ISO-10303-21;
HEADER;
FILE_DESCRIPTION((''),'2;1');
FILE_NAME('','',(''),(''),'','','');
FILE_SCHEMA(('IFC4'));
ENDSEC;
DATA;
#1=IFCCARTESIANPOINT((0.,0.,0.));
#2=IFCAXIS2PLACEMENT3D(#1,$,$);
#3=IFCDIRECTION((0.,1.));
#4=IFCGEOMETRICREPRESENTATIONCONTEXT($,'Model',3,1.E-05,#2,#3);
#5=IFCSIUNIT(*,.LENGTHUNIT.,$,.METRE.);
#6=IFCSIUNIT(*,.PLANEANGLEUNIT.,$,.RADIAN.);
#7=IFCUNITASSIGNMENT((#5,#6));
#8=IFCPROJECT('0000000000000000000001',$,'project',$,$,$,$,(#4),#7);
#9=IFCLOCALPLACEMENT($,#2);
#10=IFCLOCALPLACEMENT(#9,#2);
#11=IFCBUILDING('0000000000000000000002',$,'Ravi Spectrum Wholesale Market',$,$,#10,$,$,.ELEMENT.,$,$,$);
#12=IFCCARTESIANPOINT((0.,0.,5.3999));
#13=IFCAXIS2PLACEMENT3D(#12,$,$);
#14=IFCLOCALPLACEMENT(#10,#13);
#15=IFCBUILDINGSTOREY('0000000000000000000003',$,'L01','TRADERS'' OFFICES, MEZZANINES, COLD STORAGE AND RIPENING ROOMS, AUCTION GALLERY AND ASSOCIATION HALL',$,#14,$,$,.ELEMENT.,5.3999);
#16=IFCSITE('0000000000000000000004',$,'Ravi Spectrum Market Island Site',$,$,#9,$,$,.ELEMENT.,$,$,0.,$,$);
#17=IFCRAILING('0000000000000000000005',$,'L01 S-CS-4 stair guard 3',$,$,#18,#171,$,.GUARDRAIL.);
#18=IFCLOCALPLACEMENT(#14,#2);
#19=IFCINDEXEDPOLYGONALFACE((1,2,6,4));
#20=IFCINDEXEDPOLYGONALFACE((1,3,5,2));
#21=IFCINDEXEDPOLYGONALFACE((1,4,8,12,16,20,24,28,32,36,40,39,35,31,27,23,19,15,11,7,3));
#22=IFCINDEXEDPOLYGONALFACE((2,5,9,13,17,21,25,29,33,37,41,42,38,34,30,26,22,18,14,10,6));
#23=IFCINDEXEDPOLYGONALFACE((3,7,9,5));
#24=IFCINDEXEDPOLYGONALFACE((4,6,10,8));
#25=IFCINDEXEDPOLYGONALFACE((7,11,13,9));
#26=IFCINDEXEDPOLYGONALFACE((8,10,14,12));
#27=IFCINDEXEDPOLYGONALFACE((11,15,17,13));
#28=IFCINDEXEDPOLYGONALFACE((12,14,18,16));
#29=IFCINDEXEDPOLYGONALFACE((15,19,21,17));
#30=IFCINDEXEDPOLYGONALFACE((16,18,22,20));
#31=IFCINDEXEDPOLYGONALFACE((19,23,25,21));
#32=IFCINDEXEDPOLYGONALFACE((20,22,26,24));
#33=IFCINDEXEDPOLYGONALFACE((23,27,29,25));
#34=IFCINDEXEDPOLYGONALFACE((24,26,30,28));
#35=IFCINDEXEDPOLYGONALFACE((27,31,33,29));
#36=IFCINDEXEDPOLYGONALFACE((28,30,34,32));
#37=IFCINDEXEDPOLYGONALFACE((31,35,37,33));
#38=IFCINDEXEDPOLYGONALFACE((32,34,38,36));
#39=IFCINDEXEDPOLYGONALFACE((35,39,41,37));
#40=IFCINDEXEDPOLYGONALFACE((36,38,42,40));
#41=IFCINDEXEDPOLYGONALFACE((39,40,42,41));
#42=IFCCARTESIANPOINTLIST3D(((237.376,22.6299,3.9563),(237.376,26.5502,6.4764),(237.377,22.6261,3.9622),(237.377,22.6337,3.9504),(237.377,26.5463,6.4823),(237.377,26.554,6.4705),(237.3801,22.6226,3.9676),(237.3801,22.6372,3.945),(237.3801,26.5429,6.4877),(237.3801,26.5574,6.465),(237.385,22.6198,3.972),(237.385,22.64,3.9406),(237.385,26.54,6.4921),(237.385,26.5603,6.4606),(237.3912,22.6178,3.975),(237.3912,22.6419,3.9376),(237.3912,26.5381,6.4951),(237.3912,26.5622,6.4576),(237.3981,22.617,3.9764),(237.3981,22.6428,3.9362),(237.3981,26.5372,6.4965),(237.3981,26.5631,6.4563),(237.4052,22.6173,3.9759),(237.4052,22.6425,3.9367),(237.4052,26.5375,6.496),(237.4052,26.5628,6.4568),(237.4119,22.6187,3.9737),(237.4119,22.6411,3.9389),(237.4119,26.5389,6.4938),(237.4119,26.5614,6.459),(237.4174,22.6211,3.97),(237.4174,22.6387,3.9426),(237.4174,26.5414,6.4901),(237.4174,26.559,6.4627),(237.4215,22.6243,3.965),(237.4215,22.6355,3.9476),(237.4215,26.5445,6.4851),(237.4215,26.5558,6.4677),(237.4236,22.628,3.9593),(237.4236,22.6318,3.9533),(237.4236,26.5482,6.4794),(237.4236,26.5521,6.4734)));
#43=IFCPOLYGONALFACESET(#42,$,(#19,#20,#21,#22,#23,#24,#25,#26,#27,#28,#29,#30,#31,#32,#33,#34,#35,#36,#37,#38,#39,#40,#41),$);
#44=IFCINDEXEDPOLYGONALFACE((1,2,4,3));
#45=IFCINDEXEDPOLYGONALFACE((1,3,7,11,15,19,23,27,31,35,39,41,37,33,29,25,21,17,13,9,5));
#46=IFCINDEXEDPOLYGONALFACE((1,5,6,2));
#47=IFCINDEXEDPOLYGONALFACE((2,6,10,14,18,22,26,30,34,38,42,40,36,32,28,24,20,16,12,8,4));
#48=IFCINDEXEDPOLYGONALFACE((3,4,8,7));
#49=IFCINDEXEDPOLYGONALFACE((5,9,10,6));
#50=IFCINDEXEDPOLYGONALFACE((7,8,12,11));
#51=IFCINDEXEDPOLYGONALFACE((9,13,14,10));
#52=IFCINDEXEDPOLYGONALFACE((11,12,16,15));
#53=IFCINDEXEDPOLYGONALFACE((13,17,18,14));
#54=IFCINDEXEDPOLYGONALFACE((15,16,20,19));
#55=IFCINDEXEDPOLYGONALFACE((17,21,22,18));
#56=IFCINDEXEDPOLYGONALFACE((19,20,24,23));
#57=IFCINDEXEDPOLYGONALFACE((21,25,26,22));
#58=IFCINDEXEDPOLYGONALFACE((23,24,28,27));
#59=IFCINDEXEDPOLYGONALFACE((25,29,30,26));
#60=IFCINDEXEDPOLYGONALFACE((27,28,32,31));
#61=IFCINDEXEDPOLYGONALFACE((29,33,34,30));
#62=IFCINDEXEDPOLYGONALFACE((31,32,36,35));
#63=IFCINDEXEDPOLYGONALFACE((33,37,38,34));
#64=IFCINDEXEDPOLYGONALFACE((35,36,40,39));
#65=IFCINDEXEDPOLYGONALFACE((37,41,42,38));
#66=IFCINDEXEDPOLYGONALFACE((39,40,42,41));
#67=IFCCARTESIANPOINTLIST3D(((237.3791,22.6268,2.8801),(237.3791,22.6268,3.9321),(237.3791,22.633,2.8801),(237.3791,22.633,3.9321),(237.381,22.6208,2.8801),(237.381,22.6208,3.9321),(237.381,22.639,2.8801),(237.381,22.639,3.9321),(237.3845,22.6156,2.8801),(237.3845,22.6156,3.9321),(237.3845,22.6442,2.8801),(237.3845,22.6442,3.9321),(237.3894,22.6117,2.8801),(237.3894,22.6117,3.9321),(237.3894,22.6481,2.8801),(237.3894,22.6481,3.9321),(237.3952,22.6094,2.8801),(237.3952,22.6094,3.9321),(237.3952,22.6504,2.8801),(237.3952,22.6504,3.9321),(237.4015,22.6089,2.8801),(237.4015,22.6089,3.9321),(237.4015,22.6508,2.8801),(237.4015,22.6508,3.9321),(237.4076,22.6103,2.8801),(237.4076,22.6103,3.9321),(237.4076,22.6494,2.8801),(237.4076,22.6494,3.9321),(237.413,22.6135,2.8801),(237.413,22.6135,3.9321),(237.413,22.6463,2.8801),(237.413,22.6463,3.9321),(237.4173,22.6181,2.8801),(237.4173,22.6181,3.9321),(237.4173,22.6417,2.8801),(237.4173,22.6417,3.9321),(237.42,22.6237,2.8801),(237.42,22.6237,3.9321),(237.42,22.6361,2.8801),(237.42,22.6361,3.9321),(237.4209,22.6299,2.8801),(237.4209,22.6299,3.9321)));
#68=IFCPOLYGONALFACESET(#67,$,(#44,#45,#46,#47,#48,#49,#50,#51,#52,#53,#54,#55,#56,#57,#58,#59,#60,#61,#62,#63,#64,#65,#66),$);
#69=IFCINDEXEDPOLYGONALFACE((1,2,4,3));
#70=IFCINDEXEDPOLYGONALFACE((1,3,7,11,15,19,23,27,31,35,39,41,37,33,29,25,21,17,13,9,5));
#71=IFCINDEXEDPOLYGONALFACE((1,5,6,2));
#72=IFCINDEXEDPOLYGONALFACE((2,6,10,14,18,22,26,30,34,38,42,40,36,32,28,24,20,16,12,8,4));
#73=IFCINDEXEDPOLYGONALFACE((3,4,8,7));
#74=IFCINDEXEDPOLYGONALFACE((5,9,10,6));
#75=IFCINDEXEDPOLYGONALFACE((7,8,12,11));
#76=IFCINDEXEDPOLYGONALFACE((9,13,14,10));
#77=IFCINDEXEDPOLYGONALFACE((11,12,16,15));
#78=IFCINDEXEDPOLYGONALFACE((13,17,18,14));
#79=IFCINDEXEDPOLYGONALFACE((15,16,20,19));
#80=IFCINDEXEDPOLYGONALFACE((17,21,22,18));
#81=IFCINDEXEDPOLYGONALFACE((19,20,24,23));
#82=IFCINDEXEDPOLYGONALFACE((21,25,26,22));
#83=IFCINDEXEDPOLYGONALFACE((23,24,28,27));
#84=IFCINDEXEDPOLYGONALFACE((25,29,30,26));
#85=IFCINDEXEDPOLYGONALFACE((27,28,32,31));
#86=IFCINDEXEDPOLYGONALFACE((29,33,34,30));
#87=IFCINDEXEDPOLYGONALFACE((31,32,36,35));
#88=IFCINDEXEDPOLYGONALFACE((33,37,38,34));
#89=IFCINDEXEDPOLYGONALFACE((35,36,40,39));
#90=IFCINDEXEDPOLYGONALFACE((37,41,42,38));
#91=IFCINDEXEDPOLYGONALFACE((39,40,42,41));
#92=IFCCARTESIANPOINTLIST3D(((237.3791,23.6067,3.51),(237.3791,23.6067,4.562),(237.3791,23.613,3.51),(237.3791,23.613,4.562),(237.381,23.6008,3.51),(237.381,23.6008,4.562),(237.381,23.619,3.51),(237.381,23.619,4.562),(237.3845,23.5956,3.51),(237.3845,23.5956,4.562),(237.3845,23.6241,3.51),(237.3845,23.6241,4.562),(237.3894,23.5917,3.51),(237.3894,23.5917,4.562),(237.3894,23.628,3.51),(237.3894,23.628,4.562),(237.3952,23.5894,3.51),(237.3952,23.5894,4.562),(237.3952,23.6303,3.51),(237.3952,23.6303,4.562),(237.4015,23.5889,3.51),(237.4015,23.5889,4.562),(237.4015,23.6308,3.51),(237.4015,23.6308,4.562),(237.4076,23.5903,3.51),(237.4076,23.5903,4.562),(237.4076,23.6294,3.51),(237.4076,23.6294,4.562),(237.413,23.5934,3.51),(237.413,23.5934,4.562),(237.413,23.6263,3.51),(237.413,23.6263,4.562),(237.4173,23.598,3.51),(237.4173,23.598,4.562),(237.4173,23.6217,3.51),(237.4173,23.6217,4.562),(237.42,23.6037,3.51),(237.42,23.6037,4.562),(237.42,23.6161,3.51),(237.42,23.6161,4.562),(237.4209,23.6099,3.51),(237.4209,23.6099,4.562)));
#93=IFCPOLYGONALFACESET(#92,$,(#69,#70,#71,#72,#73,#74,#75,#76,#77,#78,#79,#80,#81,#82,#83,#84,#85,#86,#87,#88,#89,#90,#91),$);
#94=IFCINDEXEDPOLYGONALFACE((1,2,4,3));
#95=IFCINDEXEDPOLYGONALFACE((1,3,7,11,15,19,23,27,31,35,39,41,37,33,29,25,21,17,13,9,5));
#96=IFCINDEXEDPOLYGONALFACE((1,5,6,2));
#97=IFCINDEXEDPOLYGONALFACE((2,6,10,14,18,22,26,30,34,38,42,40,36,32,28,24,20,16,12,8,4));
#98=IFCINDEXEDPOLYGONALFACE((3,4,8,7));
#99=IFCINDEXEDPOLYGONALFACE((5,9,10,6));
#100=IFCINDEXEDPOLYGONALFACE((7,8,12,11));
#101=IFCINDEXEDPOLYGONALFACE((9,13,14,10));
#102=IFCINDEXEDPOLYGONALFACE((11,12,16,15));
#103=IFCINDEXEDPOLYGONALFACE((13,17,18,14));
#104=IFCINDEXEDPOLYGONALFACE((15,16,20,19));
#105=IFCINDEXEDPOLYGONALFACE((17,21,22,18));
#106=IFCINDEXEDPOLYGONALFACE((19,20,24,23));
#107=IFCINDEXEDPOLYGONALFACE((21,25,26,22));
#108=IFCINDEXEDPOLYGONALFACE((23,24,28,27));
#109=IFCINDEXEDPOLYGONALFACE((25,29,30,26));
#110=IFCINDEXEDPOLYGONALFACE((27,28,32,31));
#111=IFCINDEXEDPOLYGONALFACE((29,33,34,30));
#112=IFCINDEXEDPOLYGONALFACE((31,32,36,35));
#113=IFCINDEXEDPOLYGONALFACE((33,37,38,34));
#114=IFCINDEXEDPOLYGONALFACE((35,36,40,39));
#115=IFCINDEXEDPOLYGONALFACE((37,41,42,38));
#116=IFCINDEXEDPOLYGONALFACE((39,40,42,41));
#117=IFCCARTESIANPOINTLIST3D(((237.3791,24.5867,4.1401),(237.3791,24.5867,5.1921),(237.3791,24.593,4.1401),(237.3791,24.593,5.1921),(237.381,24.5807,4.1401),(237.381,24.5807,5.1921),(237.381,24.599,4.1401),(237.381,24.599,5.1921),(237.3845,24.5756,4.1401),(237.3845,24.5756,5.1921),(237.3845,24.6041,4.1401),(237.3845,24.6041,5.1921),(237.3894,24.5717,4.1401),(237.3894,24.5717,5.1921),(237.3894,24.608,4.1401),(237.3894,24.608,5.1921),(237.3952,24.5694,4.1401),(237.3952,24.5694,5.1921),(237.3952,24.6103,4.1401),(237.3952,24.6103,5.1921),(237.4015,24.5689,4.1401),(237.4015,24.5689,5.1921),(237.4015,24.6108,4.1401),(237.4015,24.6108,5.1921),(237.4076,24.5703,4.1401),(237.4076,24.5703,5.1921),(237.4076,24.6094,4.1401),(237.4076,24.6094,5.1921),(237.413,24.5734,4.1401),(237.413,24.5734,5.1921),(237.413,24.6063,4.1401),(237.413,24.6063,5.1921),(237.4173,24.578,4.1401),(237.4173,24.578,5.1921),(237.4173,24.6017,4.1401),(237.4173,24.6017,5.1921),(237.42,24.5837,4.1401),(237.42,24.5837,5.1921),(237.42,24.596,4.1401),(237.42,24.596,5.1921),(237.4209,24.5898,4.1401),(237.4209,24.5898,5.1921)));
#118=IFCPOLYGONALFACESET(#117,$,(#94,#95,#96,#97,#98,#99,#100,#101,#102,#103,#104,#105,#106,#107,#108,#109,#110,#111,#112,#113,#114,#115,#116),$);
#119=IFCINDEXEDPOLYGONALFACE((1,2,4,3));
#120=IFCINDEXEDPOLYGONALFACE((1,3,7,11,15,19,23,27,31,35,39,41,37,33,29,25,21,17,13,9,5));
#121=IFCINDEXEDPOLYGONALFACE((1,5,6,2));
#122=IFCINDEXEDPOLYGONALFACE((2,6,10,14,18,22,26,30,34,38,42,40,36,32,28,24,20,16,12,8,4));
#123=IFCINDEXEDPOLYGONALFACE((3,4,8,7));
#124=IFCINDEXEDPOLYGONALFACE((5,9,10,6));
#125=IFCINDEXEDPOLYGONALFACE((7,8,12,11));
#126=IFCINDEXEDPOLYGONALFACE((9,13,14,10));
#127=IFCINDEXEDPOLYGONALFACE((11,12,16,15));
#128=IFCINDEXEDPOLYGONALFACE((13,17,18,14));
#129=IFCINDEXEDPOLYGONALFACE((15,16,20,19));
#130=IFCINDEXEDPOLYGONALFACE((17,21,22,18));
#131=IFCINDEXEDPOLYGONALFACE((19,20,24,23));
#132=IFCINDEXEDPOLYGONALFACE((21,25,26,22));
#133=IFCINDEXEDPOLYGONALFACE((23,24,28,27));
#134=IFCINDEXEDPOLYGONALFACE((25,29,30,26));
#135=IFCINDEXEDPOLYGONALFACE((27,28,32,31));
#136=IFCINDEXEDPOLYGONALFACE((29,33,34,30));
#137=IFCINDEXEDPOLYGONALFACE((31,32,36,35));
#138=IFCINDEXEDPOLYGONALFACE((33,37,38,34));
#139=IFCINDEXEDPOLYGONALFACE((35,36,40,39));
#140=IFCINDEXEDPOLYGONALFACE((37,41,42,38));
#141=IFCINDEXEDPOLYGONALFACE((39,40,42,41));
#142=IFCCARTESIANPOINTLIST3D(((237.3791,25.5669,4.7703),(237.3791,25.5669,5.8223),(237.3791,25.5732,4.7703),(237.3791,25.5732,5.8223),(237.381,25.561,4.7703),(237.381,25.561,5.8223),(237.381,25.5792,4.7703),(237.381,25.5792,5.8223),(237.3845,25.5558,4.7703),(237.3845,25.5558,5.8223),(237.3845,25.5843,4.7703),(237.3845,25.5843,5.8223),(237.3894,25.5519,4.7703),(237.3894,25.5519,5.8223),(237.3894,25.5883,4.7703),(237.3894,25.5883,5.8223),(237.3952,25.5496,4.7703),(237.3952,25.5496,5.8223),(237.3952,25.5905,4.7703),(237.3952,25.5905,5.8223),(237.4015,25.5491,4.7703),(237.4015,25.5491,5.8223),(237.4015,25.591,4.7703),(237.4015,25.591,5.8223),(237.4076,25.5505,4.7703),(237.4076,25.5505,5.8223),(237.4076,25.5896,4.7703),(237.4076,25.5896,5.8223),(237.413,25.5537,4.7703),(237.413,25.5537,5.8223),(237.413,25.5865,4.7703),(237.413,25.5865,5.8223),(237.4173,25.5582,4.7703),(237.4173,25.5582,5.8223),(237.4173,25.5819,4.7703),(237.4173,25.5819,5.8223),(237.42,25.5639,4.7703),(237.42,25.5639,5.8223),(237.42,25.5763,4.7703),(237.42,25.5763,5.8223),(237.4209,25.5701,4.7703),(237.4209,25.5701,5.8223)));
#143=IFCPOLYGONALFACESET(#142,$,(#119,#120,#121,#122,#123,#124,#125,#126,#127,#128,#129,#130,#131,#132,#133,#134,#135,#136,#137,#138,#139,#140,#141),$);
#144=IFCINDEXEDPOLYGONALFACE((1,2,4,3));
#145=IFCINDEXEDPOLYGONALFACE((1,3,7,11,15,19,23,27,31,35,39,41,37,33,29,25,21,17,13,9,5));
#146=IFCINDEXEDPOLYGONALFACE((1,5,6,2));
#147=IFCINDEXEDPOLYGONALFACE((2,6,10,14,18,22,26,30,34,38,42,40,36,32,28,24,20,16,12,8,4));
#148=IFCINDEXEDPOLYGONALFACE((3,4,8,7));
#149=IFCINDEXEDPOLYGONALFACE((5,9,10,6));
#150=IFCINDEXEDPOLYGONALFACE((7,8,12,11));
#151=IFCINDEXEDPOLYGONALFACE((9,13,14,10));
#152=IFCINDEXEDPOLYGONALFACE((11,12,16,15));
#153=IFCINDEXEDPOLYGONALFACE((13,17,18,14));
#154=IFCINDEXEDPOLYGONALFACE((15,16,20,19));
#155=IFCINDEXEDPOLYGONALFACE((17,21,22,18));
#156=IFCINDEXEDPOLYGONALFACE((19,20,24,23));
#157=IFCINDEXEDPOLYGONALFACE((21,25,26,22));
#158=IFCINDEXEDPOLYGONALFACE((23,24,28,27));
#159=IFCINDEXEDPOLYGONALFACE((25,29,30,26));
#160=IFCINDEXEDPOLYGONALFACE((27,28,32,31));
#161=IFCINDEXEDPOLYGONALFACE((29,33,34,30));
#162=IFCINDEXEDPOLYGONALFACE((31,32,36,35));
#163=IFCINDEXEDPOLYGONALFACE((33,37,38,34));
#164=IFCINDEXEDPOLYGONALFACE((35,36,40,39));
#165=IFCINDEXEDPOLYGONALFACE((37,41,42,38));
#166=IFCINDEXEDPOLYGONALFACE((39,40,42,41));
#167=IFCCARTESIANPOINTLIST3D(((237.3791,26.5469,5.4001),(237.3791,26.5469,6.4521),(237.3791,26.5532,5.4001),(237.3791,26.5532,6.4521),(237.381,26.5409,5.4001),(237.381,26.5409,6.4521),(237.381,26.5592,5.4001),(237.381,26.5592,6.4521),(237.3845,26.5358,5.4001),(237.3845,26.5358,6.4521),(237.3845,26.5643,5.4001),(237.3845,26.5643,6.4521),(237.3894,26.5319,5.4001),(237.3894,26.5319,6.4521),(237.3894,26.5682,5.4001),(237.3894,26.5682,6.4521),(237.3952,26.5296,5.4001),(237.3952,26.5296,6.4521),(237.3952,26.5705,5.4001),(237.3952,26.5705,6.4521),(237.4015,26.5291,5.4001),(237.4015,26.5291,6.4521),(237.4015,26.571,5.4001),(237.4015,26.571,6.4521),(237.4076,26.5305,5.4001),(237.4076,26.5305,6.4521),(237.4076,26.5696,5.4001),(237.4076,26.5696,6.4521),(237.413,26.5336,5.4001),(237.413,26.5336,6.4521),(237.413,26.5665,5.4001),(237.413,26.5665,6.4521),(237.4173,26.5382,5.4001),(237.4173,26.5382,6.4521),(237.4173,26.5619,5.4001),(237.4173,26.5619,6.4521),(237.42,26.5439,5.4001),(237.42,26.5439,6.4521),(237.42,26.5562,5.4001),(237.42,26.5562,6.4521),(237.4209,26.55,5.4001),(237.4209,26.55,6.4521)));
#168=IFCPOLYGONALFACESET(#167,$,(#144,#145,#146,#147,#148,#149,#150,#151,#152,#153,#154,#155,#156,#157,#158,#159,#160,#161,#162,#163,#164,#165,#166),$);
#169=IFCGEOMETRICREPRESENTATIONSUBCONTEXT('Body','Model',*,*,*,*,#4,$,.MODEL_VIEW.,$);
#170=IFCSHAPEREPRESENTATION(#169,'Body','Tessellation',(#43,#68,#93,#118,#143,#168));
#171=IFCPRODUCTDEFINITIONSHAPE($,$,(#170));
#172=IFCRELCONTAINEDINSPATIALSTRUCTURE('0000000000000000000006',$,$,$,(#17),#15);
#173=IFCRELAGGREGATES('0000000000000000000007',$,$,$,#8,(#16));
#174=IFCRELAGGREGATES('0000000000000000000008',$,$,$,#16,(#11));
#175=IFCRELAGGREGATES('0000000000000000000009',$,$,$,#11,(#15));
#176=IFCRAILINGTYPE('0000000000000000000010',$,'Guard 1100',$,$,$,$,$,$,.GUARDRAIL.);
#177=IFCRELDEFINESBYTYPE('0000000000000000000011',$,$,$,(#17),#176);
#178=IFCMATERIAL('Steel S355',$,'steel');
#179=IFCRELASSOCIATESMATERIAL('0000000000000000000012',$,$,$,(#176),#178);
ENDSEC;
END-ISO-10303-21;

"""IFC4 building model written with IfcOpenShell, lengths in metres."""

from ifc_helpers import new_model, si_unit, direction, frame, origin, origin_2d, place, context, subcontext, project, spatial, circle, extrude, material, type_object, element, save


model = new_model("IFC4")

# Units and contexts
model_context = context("Model", 3, precision=1e-05, world=origin(), true_north=direction((0.0, 1.0)))
body_context = subcontext(model_context, "Body", "Model", "MODEL_VIEW")
ifc_project = project(units=[si_unit("LENGTHUNIT", "METRE"), si_unit("PLANEANGLEUNIT", "RADIAN")], contexts=[model_context])

# Site, building, storey
site_placement = place(None, origin())
site = spatial("IfcSite", under=ifc_project, at=site_placement, Name="Ravi Spectrum Market Island Site", CompositionType="ELEMENT", RefElevation=0.0)
building_placement = place(site_placement, origin())
building = spatial("IfcBuilding", under=site, at=building_placement, Name="Ravi Spectrum Wholesale Market", CompositionType="ELEMENT")
storey_placement = place(building_placement, frame((0.0, 0.0, 5.3999)))
storey = spatial("IfcBuildingStorey", under=building, at=storey_placement, Name="L01", Description="TRADERS' OFFICES, MEZZANINES, COLD STORAGE AND RIPENING ROOMS, AUCTION GALLERY AND ASSOCIATION HALL", CompositionType="ELEMENT", Elevation=5.3999)

# Railing
ifc_material_1 = material(Name="Steel S355", Category="steel")
railing_type_1 = type_object("IfcRailingType", Name="Guard 1100", PredefinedType="GUARDRAIL", material=ifc_material_1)
railing_1_placement = place(storey_placement, frame((237.3999, 22.6299, 2.8801)))
element("IfcRailing", 1, at=railing_1_placement, inside=storey, type_object=railing_type_1, Name="L01 S-CS-4 stair guard 3", PredefinedType="GUARDRAIL", context=body_context, shape_type="SweptSolid", body=[
    extrude(circle(Radius=0.0239, at=origin_2d()), frame((0.0, 0.0, 1.0762), z_axis=(0.0, 0.841187, 0.540744), x_axis=(-1.0, 0.0, 0.0)), (0.0, 0.0, 1.0), 4.6604),
    extrude(circle(Radius=0.021, at=origin_2d()), origin(), (0.0, 0.0, 1.0), 1.052),
    extrude(circle(Radius=0.021, at=origin_2d()), frame((0.0, 0.98, 0.6299)), (0.0, 0.0, 1.0), 1.052),
    extrude(circle(Radius=0.021, at=origin_2d()), frame((0.0, 1.96, 1.26)), (0.0, 0.0, 1.0), 1.052),
    extrude(circle(Radius=0.021, at=origin_2d()), frame((0.0, 2.9402, 1.8901)), (0.0, 0.0, 1.0), 1.052),
    extrude(circle(Radius=0.021, at=origin_2d()), frame((0.0, 3.9202, 2.52)), (0.0, 0.0, 1.0), 1.052),
])

save(model, "model.ifc")
